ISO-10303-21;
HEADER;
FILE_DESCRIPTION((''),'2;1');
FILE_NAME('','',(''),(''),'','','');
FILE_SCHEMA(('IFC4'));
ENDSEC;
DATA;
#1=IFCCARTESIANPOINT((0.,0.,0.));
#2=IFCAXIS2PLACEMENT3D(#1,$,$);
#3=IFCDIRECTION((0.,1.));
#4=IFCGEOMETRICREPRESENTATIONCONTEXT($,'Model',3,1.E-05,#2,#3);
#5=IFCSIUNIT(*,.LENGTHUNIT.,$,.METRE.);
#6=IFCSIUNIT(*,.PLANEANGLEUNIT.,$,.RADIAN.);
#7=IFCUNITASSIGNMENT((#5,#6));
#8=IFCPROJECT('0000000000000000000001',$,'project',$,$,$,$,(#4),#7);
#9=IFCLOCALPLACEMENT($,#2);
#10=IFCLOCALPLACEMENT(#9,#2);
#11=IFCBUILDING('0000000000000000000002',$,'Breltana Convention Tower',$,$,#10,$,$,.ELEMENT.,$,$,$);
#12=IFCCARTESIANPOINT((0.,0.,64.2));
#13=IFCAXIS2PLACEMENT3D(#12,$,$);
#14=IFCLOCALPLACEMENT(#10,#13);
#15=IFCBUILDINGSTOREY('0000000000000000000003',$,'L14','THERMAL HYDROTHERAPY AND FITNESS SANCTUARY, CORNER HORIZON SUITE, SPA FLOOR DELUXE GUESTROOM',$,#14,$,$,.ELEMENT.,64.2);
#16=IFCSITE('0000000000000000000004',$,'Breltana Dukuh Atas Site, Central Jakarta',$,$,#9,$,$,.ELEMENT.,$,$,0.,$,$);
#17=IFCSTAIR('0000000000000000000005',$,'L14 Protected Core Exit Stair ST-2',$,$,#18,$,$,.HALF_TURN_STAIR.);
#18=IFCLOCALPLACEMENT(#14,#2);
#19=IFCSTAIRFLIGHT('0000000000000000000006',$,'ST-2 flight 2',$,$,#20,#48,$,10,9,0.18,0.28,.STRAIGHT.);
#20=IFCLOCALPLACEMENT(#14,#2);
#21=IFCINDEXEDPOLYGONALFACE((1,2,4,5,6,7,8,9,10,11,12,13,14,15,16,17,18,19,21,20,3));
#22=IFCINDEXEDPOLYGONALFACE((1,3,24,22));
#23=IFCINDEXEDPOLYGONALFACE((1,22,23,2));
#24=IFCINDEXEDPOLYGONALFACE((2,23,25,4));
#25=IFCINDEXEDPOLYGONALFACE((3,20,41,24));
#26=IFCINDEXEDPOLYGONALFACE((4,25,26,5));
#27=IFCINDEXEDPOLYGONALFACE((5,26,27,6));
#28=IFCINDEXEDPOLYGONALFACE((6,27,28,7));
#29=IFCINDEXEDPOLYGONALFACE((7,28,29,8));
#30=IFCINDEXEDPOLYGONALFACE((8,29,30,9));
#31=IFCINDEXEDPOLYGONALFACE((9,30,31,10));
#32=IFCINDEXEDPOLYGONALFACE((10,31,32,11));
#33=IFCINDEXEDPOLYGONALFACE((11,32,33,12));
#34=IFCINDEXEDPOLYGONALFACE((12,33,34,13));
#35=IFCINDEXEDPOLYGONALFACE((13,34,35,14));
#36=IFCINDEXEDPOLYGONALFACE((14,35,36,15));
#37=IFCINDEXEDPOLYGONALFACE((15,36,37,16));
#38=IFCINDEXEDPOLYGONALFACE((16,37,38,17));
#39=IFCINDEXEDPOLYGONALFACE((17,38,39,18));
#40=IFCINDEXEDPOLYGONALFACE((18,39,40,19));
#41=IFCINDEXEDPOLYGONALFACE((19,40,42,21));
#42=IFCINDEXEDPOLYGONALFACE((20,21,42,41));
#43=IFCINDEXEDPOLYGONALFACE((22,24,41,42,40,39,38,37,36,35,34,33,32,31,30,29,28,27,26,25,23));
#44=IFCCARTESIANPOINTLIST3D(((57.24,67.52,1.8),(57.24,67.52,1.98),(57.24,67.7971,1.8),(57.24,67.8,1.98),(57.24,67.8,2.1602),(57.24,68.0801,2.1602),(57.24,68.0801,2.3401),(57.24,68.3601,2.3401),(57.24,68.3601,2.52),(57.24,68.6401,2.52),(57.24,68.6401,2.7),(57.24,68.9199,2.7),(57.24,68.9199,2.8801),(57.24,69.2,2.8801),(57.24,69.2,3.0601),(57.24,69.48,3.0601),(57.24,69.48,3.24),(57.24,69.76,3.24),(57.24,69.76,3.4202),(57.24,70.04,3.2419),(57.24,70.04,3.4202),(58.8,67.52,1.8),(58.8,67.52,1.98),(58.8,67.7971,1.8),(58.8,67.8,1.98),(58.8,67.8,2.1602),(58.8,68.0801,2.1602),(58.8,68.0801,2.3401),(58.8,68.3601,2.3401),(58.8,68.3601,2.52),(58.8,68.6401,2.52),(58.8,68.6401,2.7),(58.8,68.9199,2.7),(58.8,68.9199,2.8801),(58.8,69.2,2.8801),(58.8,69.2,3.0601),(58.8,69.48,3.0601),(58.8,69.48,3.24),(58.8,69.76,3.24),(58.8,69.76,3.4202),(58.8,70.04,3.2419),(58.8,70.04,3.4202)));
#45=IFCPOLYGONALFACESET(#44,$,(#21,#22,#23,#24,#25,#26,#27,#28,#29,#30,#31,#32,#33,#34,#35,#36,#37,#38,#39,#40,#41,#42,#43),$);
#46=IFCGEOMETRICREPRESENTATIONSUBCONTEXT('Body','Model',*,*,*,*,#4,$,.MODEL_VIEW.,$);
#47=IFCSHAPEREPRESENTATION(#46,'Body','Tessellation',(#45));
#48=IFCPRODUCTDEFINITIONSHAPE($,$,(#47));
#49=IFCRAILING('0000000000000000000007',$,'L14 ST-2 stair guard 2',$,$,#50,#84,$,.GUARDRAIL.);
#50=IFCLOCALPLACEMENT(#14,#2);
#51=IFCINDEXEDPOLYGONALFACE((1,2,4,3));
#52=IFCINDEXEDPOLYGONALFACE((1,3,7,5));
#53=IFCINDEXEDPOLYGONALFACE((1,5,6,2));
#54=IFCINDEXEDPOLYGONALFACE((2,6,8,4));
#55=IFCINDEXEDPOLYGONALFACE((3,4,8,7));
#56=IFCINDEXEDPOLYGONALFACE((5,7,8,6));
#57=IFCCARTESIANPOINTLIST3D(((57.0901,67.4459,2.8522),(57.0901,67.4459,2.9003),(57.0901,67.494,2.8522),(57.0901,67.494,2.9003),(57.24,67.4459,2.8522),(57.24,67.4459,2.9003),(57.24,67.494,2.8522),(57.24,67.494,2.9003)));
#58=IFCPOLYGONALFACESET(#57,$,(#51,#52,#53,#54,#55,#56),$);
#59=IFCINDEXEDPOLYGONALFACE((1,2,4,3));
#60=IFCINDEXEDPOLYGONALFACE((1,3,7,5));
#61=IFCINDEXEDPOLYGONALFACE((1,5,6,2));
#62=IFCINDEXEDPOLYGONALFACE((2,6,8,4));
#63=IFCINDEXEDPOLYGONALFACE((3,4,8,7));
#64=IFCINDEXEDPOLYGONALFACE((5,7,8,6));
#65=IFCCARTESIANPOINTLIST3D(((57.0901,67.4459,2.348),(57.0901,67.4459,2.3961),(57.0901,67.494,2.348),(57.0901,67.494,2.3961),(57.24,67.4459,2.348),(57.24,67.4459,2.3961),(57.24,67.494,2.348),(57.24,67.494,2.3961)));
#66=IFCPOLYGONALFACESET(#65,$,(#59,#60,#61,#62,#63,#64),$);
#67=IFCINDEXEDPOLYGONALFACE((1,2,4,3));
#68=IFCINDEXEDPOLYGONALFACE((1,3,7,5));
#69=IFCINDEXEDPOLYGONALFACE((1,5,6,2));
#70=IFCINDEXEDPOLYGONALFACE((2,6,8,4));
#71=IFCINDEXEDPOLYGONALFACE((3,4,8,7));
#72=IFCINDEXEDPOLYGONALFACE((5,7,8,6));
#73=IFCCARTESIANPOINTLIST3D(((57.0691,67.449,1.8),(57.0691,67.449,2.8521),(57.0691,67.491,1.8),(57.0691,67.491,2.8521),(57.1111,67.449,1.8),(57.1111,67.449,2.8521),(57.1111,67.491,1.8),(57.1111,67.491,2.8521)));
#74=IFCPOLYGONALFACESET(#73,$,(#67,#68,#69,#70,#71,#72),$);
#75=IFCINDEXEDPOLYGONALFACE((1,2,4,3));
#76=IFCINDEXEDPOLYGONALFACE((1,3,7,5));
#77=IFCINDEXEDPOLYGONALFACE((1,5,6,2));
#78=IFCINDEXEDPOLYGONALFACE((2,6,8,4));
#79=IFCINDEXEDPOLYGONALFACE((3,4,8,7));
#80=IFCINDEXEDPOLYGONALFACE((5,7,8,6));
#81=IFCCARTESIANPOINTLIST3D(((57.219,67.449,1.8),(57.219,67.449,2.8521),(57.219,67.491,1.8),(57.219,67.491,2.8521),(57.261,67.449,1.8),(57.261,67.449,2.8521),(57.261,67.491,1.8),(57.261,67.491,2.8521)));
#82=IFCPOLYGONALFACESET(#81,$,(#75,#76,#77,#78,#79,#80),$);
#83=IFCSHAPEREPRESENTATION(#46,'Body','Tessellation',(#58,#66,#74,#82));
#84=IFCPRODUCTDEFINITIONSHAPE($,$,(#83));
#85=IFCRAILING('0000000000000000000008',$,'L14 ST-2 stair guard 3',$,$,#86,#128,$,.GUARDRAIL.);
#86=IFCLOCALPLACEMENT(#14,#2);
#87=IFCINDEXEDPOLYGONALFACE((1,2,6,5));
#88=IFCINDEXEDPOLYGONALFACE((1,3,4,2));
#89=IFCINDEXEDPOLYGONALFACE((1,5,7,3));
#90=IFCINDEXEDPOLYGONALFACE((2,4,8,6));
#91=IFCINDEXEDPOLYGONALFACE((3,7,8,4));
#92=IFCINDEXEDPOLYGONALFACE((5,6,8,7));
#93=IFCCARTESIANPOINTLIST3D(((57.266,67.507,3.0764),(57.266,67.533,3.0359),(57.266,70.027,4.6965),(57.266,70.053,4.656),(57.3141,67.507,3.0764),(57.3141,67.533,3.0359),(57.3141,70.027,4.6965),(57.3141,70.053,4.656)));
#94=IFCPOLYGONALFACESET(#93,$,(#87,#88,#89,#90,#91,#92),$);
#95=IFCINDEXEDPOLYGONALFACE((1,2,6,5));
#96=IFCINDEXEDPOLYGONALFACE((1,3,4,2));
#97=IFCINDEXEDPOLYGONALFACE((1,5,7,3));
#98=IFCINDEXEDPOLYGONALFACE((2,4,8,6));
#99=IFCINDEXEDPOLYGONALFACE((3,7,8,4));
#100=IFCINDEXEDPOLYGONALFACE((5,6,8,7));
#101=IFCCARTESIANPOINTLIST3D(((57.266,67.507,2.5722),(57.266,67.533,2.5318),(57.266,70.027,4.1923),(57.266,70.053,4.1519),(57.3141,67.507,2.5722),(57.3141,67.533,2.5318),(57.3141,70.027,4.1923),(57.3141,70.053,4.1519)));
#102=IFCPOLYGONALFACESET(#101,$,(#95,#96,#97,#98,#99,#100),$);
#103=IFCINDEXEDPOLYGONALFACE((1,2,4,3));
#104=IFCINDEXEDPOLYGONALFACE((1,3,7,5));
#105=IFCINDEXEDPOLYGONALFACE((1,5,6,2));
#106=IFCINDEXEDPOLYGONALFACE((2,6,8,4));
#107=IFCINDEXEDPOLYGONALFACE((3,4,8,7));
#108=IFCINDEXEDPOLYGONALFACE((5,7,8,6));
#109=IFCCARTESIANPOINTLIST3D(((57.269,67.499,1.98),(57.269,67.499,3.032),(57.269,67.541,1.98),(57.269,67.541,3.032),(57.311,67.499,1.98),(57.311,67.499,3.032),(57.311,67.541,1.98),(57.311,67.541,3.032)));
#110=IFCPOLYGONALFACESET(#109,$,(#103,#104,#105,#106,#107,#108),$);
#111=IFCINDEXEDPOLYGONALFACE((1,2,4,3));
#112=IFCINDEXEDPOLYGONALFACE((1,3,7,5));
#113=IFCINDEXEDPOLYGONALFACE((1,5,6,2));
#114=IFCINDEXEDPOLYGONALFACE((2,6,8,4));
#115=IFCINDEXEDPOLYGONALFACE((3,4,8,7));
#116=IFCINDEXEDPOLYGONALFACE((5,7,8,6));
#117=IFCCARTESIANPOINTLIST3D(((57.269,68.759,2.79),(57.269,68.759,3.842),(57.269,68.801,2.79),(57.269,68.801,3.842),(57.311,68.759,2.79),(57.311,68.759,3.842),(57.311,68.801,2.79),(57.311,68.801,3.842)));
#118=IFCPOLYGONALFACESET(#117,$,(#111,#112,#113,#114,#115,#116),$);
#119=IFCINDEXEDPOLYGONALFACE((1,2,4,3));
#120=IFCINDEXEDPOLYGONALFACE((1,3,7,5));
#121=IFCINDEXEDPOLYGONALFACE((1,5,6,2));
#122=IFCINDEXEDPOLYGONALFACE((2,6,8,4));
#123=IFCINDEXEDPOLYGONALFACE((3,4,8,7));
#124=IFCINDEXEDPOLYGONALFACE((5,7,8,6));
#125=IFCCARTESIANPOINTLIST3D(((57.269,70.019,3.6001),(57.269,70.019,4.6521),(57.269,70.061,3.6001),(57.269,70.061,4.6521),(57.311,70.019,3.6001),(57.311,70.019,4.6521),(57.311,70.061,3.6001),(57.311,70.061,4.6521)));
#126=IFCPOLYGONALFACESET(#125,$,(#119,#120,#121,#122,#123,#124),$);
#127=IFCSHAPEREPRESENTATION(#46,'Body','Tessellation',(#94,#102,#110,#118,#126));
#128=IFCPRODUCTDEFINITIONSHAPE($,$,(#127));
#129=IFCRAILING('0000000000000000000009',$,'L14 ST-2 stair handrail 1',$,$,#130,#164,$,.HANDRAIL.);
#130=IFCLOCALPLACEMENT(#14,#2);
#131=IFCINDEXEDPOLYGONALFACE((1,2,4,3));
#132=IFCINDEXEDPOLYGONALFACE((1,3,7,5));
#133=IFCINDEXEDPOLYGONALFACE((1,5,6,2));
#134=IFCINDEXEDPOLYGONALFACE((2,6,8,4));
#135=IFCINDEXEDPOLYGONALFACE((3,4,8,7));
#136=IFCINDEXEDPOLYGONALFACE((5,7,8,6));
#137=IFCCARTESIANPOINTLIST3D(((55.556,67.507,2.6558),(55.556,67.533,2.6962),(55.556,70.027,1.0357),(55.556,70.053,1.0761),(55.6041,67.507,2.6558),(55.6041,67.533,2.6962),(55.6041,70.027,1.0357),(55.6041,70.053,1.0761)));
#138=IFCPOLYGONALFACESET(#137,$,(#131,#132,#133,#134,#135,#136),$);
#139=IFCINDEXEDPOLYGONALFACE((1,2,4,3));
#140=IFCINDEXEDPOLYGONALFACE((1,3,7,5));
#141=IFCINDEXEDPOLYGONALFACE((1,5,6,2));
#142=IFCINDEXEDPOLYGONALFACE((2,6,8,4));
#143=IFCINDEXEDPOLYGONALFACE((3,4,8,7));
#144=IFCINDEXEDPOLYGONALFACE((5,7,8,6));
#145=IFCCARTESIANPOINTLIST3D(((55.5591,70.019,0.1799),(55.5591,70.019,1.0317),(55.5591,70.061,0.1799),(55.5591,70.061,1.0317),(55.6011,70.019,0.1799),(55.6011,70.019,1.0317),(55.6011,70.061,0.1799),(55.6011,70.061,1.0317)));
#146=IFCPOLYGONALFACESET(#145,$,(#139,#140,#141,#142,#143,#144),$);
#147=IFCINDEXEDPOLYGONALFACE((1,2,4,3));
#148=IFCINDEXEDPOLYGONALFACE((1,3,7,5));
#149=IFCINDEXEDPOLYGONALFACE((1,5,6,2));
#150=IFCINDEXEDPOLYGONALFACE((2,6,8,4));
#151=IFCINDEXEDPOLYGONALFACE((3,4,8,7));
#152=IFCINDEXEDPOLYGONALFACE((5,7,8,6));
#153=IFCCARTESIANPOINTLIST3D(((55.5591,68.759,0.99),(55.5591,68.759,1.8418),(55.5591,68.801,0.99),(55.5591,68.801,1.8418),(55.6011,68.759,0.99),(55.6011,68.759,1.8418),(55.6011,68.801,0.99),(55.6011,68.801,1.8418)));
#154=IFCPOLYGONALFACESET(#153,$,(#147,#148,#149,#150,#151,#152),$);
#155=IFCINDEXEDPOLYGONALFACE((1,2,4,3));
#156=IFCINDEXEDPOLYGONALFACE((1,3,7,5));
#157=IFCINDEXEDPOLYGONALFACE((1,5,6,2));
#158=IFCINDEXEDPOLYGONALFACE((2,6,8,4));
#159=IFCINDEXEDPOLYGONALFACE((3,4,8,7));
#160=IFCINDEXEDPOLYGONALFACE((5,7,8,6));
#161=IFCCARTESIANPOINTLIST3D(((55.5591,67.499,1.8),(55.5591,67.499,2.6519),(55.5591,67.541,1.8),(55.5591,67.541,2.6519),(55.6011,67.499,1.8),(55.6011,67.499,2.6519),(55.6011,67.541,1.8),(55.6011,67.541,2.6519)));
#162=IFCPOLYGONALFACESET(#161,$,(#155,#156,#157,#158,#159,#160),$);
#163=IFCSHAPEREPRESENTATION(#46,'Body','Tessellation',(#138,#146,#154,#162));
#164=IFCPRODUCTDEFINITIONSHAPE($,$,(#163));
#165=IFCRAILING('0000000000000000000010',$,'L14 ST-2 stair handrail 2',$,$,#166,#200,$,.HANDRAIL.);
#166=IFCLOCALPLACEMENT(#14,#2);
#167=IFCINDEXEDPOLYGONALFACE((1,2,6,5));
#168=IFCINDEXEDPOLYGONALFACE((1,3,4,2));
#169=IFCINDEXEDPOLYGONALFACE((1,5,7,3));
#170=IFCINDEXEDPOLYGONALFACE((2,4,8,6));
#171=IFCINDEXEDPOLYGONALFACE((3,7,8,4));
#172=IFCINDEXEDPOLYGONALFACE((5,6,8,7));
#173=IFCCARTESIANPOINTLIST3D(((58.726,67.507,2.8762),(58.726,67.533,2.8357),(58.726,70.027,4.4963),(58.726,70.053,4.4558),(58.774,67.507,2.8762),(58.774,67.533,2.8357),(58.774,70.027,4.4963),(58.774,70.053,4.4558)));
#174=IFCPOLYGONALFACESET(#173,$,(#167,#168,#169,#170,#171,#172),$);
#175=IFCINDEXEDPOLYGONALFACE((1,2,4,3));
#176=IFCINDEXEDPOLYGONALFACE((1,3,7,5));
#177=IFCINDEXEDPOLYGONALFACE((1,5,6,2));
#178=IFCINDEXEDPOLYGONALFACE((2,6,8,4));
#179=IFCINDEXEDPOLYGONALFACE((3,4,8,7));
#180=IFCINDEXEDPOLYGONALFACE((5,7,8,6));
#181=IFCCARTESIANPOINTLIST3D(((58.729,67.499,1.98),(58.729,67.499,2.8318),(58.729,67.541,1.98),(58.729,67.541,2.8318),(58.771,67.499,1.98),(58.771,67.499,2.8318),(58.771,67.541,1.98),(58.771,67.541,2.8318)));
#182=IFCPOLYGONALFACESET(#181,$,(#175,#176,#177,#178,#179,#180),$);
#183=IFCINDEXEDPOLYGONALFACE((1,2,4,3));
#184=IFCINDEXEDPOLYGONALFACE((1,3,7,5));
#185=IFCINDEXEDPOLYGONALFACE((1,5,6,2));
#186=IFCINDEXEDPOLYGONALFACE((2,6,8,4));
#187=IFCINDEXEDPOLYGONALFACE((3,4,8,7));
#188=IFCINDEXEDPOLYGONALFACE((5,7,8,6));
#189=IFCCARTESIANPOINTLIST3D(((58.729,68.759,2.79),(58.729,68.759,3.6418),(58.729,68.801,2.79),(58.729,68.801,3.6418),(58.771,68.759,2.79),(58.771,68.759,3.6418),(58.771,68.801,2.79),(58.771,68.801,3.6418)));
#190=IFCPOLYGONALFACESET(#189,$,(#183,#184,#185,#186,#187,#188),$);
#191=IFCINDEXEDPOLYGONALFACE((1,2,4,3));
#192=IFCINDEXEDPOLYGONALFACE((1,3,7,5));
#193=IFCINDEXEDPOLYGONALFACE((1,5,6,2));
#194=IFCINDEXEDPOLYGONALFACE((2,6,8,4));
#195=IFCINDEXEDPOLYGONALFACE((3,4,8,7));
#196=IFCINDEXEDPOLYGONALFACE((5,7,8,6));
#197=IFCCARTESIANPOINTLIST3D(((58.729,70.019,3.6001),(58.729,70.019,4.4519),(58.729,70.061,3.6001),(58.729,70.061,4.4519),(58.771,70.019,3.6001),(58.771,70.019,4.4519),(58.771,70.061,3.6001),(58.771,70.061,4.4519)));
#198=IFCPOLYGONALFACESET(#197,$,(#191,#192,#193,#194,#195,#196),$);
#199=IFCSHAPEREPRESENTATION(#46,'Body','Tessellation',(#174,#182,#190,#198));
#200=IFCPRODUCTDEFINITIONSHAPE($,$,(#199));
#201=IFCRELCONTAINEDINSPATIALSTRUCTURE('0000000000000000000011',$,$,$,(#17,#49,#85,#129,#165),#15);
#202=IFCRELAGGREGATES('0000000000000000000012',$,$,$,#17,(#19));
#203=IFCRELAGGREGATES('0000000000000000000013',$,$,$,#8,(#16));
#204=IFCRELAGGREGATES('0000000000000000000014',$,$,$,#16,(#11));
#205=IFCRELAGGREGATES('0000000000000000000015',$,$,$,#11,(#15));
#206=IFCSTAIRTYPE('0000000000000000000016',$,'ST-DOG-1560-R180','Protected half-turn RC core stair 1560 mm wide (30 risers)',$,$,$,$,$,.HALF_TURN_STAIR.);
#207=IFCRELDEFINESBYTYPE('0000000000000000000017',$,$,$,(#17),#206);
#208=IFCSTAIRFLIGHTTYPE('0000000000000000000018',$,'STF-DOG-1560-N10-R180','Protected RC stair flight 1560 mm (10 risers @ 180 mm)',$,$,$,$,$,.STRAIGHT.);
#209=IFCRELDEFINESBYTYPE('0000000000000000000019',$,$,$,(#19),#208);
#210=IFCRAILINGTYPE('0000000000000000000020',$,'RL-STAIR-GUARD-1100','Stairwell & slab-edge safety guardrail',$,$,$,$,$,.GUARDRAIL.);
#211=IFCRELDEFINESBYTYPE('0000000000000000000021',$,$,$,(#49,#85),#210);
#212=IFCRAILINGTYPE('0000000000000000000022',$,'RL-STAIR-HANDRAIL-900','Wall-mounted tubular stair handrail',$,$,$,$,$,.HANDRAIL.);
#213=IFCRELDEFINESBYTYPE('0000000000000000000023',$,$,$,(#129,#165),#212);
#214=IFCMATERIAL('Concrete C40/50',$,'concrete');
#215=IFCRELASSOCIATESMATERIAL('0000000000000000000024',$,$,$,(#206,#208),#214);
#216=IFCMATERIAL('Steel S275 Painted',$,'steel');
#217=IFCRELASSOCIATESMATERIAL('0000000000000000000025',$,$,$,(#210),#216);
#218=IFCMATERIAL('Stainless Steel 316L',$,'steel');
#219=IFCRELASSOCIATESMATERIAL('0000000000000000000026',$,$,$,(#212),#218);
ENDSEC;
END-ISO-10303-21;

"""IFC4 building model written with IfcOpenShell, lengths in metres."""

from ifc_helpers import new_model, si_unit, direction, frame, origin, origin_2d, place, context, subcontext, project, spatial, polyline, rectangle, outline, extrude, material, type_object, element, aggregate, save


model = new_model("IFC4")

# Units and contexts
model_context = context("Model", 3, precision=1e-05, world=origin(), true_north=direction((0.0, 1.0)))
body_context = subcontext(model_context, "Body", "Model", "MODEL_VIEW")
ifc_project = project(units=[si_unit("LENGTHUNIT", "METRE"), si_unit("PLANEANGLEUNIT", "RADIAN")], contexts=[model_context])

# Site, building, storey
site_placement = place(None, origin())
site = spatial("IfcSite", under=ifc_project, at=site_placement, Name="Breltana Dukuh Atas Site, Central Jakarta", CompositionType="ELEMENT", RefElevation=0.0)
building_placement = place(site_placement, origin())
building = spatial("IfcBuilding", under=site, at=building_placement, Name="Breltana Convention Tower", CompositionType="ELEMENT")
storey_placement = place(building_placement, frame((0.0, 0.0, 64.2)))
storey = spatial("IfcBuildingStorey", under=building, at=storey_placement, Name="L14", Description="THERMAL HYDROTHERAPY AND FITNESS SANCTUARY, CORNER HORIZON SUITE, SPA FLOOR DELUXE GUESTROOM", CompositionType="ELEMENT", Elevation=64.2)

# Stair, stair flight
ifc_material_1 = material(Name="Concrete C40/50", Category="concrete")
stair_type = type_object("IfcStairType", Name="ST-DOG-1560-R180", Description="Protected half-turn RC core stair 1560 mm wide (30 risers)", PredefinedType="HALF_TURN_STAIR", material=ifc_material_1)
stair_placement = place(storey_placement, origin())
stair = element("IfcStair", 1, at=stair_placement, inside=storey, type_object=stair_type, Name="L14 Protected Core Exit Stair ST-2", PredefinedType="HALF_TURN_STAIR")
stair_flight_type = type_object("IfcStairFlightType", Name="STF-DOG-1560-N10-R180", Description="Protected RC stair flight 1560 mm (10 risers @ 180 mm)", PredefinedType="STRAIGHT", material=ifc_material_1)
stair_flight_1_placement = place(storey_placement, frame((58.02, 67.52, 1.8), z_axis=(0.0, 0.0, 1.0), x_axis=(0.0, 1.0, 0.0)))
stair_flight_1 = element("IfcStairFlight", 2, at=stair_flight_1_placement, type_object=stair_flight_type, Name="ST-2 flight 2", NumberOfRisers=10, NumberOfTreads=9, PredefinedType="STRAIGHT", RiserHeight=0.18, TreadLength=0.28, context=body_context, shape_type="SweptSolid", body=[
    extrude(outline(polyline([(0.0, 0.0), (0.0, 0.1799), (0.28, 0.1799), (0.28, 0.3601), (0.5601, 0.3601), (0.5601, 0.54), (0.8401, 0.54), (0.8401, 0.72), (1.1201, 0.72), (1.1201, 0.8999), (1.3999, 0.8999), (1.3999, 1.0801), (1.6799, 1.0801), (1.6799, 1.26), (1.96, 1.26), (1.96, 1.4399), (2.24, 1.4399), (2.24, 1.6201), (2.52, 1.6201), (2.52, 1.8), (2.52, 1.4419), (0.2771, 0.0), (0.0, 0.0)])), frame((0.0, 0.78, 0.0), z_axis=(0.0, -1.0, 0.0), x_axis=(1.0, 0.0, 0.0)), (0.0, 0.0, 1.0), 1.5601),
])
aggregate(stair, [stair_flight_1])

# Railings
ifc_material_2 = material(Name="Steel S275 Painted", Category="steel")
railing_type_1 = type_object("IfcRailingType", Name="RL-STAIR-GUARD-1100", Description="Stairwell & slab-edge safety guardrail", PredefinedType="GUARDRAIL", material=ifc_material_2)
railing_1_placement = place(storey_placement, frame((57.0901, 67.47, 1.8)))
element("IfcRailing", 3, at=railing_1_placement, inside=storey, type_object=railing_type_1, Name="L14 ST-2 stair guard 2", PredefinedType="GUARDRAIL", context=body_context, shape_type="SweptSolid", body=[
    extrude(rectangle(XDim=0.0481, YDim=0.0481, at=origin_2d()), frame((0.0, 0.0, 1.0762), z_axis=(1.0, 0.0, 0.0), x_axis=(0.0, 1.0, 0.0)), (0.0, 0.0, 1.0), 0.1499),
    extrude(rectangle(XDim=0.0481, YDim=0.0481, at=origin_2d()), frame((0.0, 0.0, 0.572), z_axis=(1.0, 0.0, 0.0), x_axis=(0.0, 1.0, 0.0)), (0.0, 0.0, 1.0), 0.1499),
    extrude(rectangle(XDim=0.042, YDim=0.042, at=origin_2d()), origin(), (0.0, 0.0, 1.0), 1.052),
    extrude(rectangle(XDim=0.042, YDim=0.042, at=origin_2d()), frame((0.1499, 0.0, 0.0)), (0.0, 0.0, 1.0), 1.052),
])
railing_2_placement = place(storey_placement, frame((57.29, 67.52, 1.98)))
element("IfcRailing", 4, at=railing_2_placement, inside=storey, type_object=railing_type_1, Name="L14 ST-2 stair guard 3", PredefinedType="GUARDRAIL", context=body_context, shape_type="SweptSolid", body=[
    extrude(rectangle(XDim=0.0481, YDim=0.0481, at=origin_2d()), frame((0.0, 0.0, 1.0762), z_axis=(0.0, 0.841163, 0.540782), x_axis=(-1.0, 0.0, 0.0)), (0.0, 0.0, 1.0), 2.9958),
    extrude(rectangle(XDim=0.0481, YDim=0.0481, at=origin_2d()), frame((0.0, 0.0, 0.572), z_axis=(0.0, 0.841163, 0.540782), x_axis=(-1.0, 0.0, 0.0)), (0.0, 0.0, 1.0), 2.9958),
    extrude(rectangle(XDim=0.042, YDim=0.042, at=origin_2d()), origin(), (0.0, 0.0, 1.0), 1.052),
    extrude(rectangle(XDim=0.042, YDim=0.042, at=origin_2d()), frame((0.0, 1.26, 0.8101)), (0.0, 0.0, 1.0), 1.052),
    extrude(rectangle(XDim=0.042, YDim=0.042, at=origin_2d()), frame((0.0, 2.52, 1.6201)), (0.0, 0.0, 1.0), 1.052),
])
ifc_material_3 = material(Name="Stainless Steel 316L", Category="steel")
railing_type_2 = type_object("IfcRailingType", Name="RL-STAIR-HANDRAIL-900", Description="Wall-mounted tubular stair handrail", PredefinedType="HANDRAIL", material=ifc_material_3)
railing_3_placement = place(storey_placement, frame((55.5801, 70.04, 0.1799)))
element("IfcRailing", 5, at=railing_3_placement, inside=storey, type_object=railing_type_2, Name="L14 ST-2 stair handrail 1", PredefinedType="HANDRAIL", context=body_context, shape_type="SweptSolid", body=[
    extrude(rectangle(XDim=0.0481, YDim=0.0481, at=origin_2d()), frame((0.0, 0.0, 0.876), z_axis=(0.0, -0.841163, 0.540782), x_axis=(1.0, 0.0, 0.0)), (0.0, 0.0, 1.0), 2.9958),
    extrude(rectangle(XDim=0.042, YDim=0.042, at=origin_2d()), origin(), (0.0, 0.0, 1.0), 0.8518),
    extrude(rectangle(XDim=0.042, YDim=0.042, at=origin_2d()), frame((0.0, -1.26, 0.8101)), (0.0, 0.0, 1.0), 0.8518),
    extrude(rectangle(XDim=0.042, YDim=0.042, at=origin_2d()), frame((0.0, -2.52, 1.6201)), (0.0, 0.0, 1.0), 0.8518),
])
railing_4_placement = place(storey_placement, frame((58.75, 67.52, 1.98)))
element("IfcRailing", 6, at=railing_4_placement, inside=storey, type_object=railing_type_2, Name="L14 ST-2 stair handrail 2", PredefinedType="HANDRAIL", context=body_context, shape_type="SweptSolid", body=[
    extrude(rectangle(XDim=0.0481, YDim=0.0481, at=origin_2d()), frame((0.0, 0.0, 0.876), z_axis=(0.0, 0.841163, 0.540782), x_axis=(-1.0, 0.0, 0.0)), (0.0, 0.0, 1.0), 2.9958),
    extrude(rectangle(XDim=0.042, YDim=0.042, at=origin_2d()), origin(), (0.0, 0.0, 1.0), 0.8518),
    extrude(rectangle(XDim=0.042, YDim=0.042, at=origin_2d()), frame((0.0, 1.26, 0.8101)), (0.0, 0.0, 1.0), 0.8518),
    extrude(rectangle(XDim=0.042, YDim=0.042, at=origin_2d()), frame((0.0, 2.52, 1.6201)), (0.0, 0.0, 1.0), 0.8518),
])

save(model, "model.ifc")
